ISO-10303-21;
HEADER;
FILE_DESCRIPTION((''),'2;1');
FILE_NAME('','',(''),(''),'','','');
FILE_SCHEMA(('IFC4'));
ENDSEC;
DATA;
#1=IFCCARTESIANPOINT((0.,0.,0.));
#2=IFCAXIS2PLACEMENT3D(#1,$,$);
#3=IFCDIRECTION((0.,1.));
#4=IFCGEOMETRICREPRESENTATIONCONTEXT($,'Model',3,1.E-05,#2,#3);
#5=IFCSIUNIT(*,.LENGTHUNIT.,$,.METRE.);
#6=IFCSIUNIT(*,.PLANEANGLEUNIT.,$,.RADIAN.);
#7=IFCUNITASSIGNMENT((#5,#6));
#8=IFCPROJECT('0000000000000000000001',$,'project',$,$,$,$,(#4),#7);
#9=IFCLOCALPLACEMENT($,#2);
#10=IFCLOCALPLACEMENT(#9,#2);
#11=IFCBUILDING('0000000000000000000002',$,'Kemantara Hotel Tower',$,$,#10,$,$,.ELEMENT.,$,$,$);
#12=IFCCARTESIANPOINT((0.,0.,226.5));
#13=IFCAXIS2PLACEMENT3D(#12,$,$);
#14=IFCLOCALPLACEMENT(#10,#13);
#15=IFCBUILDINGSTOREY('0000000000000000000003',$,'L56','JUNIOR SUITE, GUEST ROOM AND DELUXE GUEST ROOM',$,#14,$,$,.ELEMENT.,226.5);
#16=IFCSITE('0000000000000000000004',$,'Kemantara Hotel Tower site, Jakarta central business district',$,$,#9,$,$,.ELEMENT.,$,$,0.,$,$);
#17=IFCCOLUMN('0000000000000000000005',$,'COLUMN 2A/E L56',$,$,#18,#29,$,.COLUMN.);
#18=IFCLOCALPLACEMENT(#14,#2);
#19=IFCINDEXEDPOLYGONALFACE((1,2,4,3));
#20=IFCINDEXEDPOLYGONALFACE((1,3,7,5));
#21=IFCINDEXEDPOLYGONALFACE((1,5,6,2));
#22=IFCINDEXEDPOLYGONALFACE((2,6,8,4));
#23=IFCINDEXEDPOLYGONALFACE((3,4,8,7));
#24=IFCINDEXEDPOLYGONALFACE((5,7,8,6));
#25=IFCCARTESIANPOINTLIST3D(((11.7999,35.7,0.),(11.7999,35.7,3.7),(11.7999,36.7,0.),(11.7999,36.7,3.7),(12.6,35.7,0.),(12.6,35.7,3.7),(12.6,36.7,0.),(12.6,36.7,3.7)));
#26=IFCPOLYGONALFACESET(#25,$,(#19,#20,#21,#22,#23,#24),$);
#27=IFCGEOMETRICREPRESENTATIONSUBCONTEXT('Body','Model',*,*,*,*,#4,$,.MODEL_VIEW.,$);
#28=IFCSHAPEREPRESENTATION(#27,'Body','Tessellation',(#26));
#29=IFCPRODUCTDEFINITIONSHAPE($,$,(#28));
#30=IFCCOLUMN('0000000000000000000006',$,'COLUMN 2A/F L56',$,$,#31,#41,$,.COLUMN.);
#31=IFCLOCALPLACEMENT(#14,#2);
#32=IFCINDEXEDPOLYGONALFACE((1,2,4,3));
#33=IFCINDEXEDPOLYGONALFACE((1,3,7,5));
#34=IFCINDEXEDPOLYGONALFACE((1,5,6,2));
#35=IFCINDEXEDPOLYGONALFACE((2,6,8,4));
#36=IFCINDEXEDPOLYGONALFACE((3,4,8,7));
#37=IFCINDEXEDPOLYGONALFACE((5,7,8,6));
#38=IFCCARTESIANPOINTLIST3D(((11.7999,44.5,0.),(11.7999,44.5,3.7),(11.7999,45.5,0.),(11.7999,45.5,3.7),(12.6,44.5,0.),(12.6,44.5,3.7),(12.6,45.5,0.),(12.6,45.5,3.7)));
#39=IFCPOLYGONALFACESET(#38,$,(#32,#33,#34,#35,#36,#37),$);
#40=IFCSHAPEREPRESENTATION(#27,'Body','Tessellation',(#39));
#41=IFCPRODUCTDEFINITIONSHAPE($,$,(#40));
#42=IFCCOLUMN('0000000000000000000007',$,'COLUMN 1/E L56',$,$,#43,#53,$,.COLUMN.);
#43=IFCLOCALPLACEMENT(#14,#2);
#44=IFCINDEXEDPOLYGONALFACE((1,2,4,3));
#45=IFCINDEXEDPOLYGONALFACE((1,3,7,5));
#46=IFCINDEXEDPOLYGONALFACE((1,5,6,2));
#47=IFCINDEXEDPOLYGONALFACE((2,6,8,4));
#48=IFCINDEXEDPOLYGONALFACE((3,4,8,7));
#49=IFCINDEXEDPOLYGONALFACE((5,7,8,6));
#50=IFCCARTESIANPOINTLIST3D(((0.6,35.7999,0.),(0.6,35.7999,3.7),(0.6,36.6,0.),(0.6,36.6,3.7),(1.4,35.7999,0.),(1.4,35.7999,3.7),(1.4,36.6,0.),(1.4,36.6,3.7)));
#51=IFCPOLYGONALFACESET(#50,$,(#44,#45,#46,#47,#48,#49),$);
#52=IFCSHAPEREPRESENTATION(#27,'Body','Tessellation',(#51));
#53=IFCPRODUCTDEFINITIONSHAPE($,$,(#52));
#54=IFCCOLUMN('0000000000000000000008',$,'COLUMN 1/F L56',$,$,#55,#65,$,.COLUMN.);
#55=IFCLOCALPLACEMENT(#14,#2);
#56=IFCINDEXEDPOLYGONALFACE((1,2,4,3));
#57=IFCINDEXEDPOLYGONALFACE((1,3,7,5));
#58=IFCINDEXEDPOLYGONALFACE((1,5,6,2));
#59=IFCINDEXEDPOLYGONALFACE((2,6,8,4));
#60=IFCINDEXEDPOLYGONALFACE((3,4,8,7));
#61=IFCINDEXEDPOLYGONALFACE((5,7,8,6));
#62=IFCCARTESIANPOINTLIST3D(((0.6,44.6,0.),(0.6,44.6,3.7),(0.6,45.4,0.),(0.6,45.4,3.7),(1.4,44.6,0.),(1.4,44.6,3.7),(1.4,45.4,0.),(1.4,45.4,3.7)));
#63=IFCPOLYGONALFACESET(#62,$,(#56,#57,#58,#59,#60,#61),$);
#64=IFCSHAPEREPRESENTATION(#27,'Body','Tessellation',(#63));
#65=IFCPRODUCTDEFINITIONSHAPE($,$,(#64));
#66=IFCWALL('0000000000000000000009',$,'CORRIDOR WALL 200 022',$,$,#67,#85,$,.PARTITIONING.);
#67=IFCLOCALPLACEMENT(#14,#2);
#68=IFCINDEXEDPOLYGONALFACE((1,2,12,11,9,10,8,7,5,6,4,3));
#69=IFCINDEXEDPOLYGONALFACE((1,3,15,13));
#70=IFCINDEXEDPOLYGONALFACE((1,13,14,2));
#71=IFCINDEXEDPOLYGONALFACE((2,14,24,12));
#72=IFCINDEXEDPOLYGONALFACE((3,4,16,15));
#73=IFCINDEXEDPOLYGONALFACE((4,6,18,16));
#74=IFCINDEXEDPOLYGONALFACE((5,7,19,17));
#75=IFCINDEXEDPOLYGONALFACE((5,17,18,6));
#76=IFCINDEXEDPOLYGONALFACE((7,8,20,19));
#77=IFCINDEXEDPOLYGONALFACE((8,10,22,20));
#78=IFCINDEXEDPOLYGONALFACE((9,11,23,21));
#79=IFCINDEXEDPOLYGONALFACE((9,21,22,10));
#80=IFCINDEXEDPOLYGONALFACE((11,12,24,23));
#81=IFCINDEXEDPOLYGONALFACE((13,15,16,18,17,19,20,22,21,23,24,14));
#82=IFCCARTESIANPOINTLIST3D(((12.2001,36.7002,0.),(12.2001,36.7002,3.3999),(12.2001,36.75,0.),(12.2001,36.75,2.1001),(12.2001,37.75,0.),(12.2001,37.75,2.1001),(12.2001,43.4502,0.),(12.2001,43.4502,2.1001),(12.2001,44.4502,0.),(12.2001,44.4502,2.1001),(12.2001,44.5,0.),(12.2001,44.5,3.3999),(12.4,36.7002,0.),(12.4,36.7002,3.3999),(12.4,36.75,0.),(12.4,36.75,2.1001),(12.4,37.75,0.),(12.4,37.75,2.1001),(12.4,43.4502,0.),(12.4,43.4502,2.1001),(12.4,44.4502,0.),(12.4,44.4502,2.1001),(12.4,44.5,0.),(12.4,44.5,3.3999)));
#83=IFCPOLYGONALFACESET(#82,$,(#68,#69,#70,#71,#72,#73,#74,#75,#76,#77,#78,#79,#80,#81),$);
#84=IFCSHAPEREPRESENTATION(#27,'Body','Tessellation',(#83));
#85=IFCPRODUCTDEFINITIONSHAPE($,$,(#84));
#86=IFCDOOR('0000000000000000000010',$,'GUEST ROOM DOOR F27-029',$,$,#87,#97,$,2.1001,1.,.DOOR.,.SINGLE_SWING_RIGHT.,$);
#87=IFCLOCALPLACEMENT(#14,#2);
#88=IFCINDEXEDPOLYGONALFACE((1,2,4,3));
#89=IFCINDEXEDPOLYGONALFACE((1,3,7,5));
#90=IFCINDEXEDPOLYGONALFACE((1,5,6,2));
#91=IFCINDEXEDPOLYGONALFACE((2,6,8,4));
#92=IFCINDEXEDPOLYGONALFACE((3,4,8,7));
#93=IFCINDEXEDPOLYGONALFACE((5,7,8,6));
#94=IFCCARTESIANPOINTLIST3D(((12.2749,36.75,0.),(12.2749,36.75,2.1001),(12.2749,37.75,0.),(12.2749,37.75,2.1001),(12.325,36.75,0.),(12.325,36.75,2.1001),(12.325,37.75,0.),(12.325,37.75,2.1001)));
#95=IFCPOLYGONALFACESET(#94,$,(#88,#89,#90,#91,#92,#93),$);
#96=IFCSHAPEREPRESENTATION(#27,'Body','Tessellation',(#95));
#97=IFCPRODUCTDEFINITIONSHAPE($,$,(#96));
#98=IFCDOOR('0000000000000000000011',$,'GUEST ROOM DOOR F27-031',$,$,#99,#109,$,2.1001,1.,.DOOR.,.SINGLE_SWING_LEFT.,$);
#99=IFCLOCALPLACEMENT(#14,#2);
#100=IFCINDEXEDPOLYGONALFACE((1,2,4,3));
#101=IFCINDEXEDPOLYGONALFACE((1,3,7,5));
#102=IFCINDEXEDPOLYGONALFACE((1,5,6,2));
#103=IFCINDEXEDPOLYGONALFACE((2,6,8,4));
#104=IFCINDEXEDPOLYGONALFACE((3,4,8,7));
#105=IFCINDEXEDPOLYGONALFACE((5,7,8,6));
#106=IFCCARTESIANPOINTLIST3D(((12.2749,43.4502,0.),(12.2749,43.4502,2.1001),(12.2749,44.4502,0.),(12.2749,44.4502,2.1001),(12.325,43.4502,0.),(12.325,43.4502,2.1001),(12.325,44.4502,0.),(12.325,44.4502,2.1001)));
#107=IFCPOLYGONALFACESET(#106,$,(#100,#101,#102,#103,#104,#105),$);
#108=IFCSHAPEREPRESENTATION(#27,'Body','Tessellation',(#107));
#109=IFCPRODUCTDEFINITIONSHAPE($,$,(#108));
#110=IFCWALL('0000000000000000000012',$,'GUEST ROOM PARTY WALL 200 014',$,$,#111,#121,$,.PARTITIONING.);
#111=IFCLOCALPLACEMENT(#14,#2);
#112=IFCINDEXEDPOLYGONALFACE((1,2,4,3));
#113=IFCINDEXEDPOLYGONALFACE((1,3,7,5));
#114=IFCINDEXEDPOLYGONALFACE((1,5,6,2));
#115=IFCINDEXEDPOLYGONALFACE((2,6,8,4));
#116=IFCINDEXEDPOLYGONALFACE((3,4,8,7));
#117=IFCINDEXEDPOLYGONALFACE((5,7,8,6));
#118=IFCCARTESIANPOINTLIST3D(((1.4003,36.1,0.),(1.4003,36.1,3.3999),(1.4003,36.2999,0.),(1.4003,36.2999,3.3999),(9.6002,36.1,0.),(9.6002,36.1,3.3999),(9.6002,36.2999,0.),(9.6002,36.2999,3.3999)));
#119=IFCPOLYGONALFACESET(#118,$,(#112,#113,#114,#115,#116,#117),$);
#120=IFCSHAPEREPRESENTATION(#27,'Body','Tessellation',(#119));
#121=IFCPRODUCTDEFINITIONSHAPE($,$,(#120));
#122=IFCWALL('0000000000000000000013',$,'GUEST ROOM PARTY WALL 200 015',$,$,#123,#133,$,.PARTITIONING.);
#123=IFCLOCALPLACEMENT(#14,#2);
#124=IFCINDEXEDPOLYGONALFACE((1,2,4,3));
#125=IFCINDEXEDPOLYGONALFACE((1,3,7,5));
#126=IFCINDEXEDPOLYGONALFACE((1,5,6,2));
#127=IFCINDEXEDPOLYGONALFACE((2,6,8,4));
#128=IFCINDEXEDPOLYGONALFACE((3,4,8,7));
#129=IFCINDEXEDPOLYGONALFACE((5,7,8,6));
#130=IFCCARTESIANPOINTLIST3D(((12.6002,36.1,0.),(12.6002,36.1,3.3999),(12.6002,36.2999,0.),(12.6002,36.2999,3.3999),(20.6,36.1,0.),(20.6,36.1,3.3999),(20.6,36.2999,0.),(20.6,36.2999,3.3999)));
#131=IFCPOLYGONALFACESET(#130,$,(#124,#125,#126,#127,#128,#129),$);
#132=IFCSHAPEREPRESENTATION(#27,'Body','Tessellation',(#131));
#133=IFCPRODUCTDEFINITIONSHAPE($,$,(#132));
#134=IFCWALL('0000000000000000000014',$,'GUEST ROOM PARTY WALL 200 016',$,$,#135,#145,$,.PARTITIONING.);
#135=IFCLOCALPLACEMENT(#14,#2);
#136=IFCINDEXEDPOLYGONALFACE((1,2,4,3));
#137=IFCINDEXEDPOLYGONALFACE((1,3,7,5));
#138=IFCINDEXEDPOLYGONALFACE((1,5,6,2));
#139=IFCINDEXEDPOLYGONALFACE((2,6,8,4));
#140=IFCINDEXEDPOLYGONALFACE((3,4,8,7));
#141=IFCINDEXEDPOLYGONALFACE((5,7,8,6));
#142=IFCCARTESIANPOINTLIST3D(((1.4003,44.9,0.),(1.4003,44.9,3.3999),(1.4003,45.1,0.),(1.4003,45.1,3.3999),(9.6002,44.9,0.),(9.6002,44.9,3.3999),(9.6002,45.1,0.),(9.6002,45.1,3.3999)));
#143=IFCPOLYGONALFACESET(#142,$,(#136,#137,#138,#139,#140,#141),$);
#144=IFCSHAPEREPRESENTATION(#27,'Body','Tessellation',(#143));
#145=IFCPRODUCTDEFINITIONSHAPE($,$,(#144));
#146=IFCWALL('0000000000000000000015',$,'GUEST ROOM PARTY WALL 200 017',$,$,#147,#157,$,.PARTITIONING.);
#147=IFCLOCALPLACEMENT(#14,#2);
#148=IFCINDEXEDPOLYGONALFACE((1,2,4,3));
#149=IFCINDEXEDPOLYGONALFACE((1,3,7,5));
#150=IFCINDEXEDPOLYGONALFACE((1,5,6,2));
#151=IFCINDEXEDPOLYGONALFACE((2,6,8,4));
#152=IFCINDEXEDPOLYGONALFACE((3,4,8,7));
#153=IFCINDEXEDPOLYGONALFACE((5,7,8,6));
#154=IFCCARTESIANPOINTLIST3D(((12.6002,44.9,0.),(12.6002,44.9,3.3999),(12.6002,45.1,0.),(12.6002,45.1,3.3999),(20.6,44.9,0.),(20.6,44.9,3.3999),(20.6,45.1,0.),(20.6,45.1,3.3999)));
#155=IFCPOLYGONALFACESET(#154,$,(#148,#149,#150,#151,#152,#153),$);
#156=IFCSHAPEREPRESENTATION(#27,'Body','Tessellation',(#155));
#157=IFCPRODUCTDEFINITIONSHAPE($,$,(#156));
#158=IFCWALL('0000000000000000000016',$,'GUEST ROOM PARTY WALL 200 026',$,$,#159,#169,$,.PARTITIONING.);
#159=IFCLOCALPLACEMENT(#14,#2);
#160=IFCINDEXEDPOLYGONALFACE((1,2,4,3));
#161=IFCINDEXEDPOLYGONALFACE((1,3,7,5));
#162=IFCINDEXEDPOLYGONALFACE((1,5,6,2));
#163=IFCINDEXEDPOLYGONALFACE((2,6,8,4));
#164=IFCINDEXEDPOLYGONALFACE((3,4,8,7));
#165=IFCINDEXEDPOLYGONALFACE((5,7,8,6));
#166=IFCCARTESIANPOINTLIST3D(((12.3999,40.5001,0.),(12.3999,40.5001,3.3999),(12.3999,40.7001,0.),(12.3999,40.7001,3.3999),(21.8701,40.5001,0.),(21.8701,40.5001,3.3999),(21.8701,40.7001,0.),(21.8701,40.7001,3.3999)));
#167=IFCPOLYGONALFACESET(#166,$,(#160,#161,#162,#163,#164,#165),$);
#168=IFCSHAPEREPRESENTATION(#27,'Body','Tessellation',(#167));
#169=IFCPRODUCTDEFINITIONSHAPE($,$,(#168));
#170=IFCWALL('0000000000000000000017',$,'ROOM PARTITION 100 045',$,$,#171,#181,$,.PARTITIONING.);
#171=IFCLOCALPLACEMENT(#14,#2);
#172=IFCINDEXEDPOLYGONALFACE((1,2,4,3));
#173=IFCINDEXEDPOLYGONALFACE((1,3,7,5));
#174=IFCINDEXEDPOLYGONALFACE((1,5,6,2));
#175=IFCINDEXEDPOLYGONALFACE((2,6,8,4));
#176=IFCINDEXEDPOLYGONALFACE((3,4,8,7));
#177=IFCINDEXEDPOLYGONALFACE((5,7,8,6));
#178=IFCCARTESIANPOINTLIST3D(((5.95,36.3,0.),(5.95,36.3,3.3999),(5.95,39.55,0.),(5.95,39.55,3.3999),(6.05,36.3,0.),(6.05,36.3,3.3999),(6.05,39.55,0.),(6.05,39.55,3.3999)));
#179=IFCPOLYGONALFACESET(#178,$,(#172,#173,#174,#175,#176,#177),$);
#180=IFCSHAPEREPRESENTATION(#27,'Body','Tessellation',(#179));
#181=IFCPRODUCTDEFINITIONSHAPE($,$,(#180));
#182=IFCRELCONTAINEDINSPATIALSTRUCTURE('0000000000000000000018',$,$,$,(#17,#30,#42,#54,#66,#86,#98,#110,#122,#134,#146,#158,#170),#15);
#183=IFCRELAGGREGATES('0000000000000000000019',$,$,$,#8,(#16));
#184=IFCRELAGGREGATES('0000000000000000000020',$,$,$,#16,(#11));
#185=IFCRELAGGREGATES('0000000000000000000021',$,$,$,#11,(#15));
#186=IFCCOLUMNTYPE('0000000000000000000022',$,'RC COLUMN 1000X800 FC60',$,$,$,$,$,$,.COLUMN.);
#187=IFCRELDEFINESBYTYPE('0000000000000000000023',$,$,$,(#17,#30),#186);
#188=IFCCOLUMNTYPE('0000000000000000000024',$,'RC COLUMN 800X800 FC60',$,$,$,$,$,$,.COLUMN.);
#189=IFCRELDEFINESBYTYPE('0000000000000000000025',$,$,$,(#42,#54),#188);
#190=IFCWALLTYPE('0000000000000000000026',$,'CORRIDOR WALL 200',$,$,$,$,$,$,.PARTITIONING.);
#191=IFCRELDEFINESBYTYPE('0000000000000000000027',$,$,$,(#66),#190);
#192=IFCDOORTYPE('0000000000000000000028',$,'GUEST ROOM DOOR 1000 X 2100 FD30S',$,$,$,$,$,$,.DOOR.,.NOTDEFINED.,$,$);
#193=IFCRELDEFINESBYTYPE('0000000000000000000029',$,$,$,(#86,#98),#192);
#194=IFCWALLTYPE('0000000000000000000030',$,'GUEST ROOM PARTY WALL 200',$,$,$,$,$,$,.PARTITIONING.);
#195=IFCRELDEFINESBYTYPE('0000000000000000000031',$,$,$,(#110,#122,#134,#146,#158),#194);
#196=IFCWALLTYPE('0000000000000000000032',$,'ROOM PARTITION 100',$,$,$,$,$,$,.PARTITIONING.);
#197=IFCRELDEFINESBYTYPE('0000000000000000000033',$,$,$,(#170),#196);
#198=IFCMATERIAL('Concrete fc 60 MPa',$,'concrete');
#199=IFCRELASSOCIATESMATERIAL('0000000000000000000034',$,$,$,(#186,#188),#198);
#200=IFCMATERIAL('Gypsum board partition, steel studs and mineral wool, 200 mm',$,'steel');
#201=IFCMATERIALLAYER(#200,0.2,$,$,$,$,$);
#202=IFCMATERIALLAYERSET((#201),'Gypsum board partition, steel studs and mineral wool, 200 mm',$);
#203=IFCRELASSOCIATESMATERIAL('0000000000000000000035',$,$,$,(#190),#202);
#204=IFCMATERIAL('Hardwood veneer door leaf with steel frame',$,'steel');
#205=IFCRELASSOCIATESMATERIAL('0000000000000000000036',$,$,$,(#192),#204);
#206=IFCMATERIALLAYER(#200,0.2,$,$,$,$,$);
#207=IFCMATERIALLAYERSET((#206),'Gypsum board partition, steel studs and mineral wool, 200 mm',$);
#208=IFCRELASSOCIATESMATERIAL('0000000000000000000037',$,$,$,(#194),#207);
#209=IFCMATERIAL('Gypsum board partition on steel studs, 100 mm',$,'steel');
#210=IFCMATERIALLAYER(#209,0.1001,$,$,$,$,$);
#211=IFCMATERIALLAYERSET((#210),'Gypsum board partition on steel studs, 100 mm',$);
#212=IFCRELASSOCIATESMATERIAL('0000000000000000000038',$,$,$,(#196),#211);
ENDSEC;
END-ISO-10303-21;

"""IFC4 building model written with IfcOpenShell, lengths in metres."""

from ifc_helpers import new_model, si_unit, direction, frame, frame_2d, origin, origin_2d, place, context, subcontext, project, spatial, rectangle, extrude, material, layer, layer_set, material_profile, profile_set, type_object, element, fill, save


model = new_model("IFC4")

# Units and contexts
model_context = context("Model", 3, precision=1e-05, world=origin(), true_north=direction((0.0, 1.0)))
body_context = subcontext(model_context, "Body", "Model", "MODEL_VIEW")
ifc_project = project(units=[si_unit("LENGTHUNIT", "METRE"), si_unit("PLANEANGLEUNIT", "RADIAN")], contexts=[model_context])

# Site, building, storey
site_placement = place(None, origin())
site = spatial("IfcSite", under=ifc_project, at=site_placement, Name="Kemantara Hotel Tower site, Jakarta central business district", CompositionType="ELEMENT", RefElevation=0.0)
building_placement = place(site_placement, origin())
building = spatial("IfcBuilding", under=site, at=building_placement, Name="Kemantara Hotel Tower", CompositionType="ELEMENT")
storey_placement = place(building_placement, frame((0.0, 0.0, 226.5)))
storey = spatial("IfcBuildingStorey", under=building, at=storey_placement, Name="L56", Description="JUNIOR SUITE, GUEST ROOM AND DELUXE GUEST ROOM", CompositionType="ELEMENT", Elevation=226.5)

# Columns
ifc_material_1 = material(Name="Concrete fc 60 MPa", Category="concrete")
ifc_material_profile_1 = material_profile(ifc_material_1, rectangle(XDim=1.0, YDim=0.8, at=origin_2d()), Name="RC 1000X800")
ifc_profile_set_1 = profile_set([ifc_material_profile_1], Name="Concrete fc 60 MPa")
column_type_1 = type_object("IfcColumnType", Name="RC COLUMN 1000X800 FC60", PredefinedType="COLUMN", material=ifc_profile_set_1)
for number, where, z_axis, x_axis, name in (
    (1, (12.2, 36.2, 0.0), (0.0, 0.0, 1.0), (0.0, 1.0, 0.0), "COLUMN 2A/E L56"),
    (2, (12.2, 45.0, 0.0), (0.0, 0.0, 1.0), (0.0, 1.0, 0.0), "COLUMN 2A/F L56"),
):
    element("IfcColumn", number, at=place(storey_placement, frame(where, z_axis=z_axis, x_axis=x_axis)), inside=storey, type_object=column_type_1, Name=name, PredefinedType="COLUMN", context=body_context, shape_type="SweptSolid", body=[
        extrude(rectangle(XDim=1.0, YDim=0.8, at=origin_2d()), origin(), (0.0, 0.0, 1.0), 3.7),
    ])
ifc_material_profile_2 = material_profile(ifc_material_1, rectangle(XDim=0.8, YDim=0.8, at=origin_2d()), Name="RC 800X800")
ifc_profile_set_2 = profile_set([ifc_material_profile_2], Name="Concrete fc 60 MPa")
column_type_2 = type_object("IfcColumnType", Name="RC COLUMN 800X800 FC60", PredefinedType="COLUMN", material=ifc_profile_set_2)
for number, where, z_axis, x_axis, name in (
    (3, (1.0, 36.2, 0.0), (0.0, 0.0, 1.0), (1.0, 0.0, 0.0), "COLUMN 1/E L56"),
    (4, (1.0, 45.0, 0.0), (0.0, 0.0, 1.0), (1.0, 0.0, 0.0), "COLUMN 1/F L56"),
):
    element("IfcColumn", number, at=place(storey_placement, frame(where, z_axis=z_axis, x_axis=x_axis)), inside=storey, type_object=column_type_2, Name=name, PredefinedType="COLUMN", context=body_context, shape_type="SweptSolid", body=[
        extrude(rectangle(XDim=0.8, YDim=0.8, at=origin_2d()), origin(), (0.0, 0.0, 1.0), 3.7),
    ])

# Wall, openings, doors
ifc_material_2 = material(Name="Gypsum board partition, steel studs and mineral wool, 200 mm", Category="steel")
ifc_layer_1 = layer(ifc_material_2, 0.2)
ifc_layer_set_1 = layer_set([ifc_layer_1], Name="Gypsum board partition, steel studs and mineral wool, 200 mm")
wall_type_1 = type_object("IfcWallType", Name="CORRIDOR WALL 200", PredefinedType="PARTITIONING", material=ifc_layer_set_1)
wall_1_placement = place(storey_placement, frame((12.3, 44.5, 0.0), z_axis=(0.0, 0.0, 1.0), x_axis=(0.0, -1.0, 0.0)))
wall_1 = element("IfcWall", 5, at=wall_1_placement, inside=storey, type_object=wall_type_1, Name="CORRIDOR WALL 200 022", PredefinedType="PARTITIONING", context=body_context, shape_type="SweptSolid", body=[
    extrude(rectangle(XDim=7.7998, YDim=0.2, at=frame_2d((3.8999, 0.0))), origin(), (0.0, 0.0, 1.0), 3.3999),
])
opening_1_placement = place(wall_1_placement, frame((6.75, 0.0, 0.0)))
opening_1 = element("IfcOpeningElement", 6, at=opening_1_placement, cuts=wall_1, PredefinedType="OPENING", context=body_context, shape_type="SweptSolid", body=[
    extrude(rectangle(XDim=1.0, YDim=2.1001, at=frame_2d((0.5, 1.05))), frame((0.0, 0.1099, 0.0), z_axis=(0.0, -1.0, 0.0), x_axis=(1.0, 0.0, 0.0)), (0.0, 0.0, 1.0), 0.22),
])
opening_2_placement = place(wall_1_placement, frame((0.0498, 0.0, 0.0)))
opening_2 = element("IfcOpeningElement", 7, at=opening_2_placement, cuts=wall_1, PredefinedType="OPENING", context=body_context, shape_type="SweptSolid", body=[
    extrude(rectangle(XDim=1.0, YDim=2.1001, at=frame_2d((0.5, 1.05))), frame((0.0, 0.1099, 0.0), z_axis=(0.0, -1.0, 0.0), x_axis=(1.0, 0.0, 0.0)), (0.0, 0.0, 1.0), 0.22),
])
ifc_material_3 = material(Name="Hardwood veneer door leaf with steel frame", Category="steel")
door_type_1 = type_object("IfcDoorType", Name="GUEST ROOM DOOR 1000 X 2100 FD30S", OperationType="NOTDEFINED", PredefinedType="DOOR", material=ifc_material_3)
door_1_placement = place(opening_1_placement, origin())
door_1 = element("IfcDoor", 8, at=door_1_placement, inside=storey, type_object=door_type_1, Name="GUEST ROOM DOOR F27-029", OperationType="SINGLE_SWING_RIGHT", OverallHeight=2.1001, OverallWidth=1.0, PredefinedType="DOOR", context=body_context, shape_type="SweptSolid", body=[
    extrude(rectangle(XDim=1.0, YDim=2.1001, at=frame_2d((0.5, 1.05))), frame((0.0, 0.0249, 0.0), z_axis=(0.0, -1.0, 0.0), x_axis=(1.0, 0.0, 0.0)), (0.0, 0.0, 1.0), 0.05),
])
fill(opening_1, door_1)
door_2_placement = place(opening_2_placement, origin())
door_2 = element("IfcDoor", 9, at=door_2_placement, inside=storey, type_object=door_type_1, Name="GUEST ROOM DOOR F27-031", OperationType="SINGLE_SWING_LEFT", OverallHeight=2.1001, OverallWidth=1.0, PredefinedType="DOOR", context=body_context, shape_type="SweptSolid", body=[
    extrude(rectangle(XDim=1.0, YDim=2.1001, at=frame_2d((0.5, 1.05))), frame((0.0, 0.0249, 0.0), z_axis=(0.0, -1.0, 0.0), x_axis=(1.0, 0.0, 0.0)), (0.0, 0.0, 1.0), 0.05),
])
fill(opening_2, door_2)

# Walls
ifc_layer_2 = layer(ifc_material_2, 0.2)
ifc_layer_set_2 = layer_set([ifc_layer_2], Name="Gypsum board partition, steel studs and mineral wool, 200 mm")
wall_type_2 = type_object("IfcWallType", Name="GUEST ROOM PARTY WALL 200", PredefinedType="PARTITIONING", material=ifc_layer_set_2)
wall_2_placement = place(storey_placement, frame((1.4001, 36.2, 0.0), z_axis=(0.0, 0.0, 1.0), x_axis=(1.0, 0.0, 0.0)))
element("IfcWall", 10, at=wall_2_placement, inside=storey, type_object=wall_type_2, Name="GUEST ROOM PARTY WALL 200 014", PredefinedType="PARTITIONING", context=body_context, shape_type="SweptSolid", body=[
    extrude(rectangle(XDim=8.2, YDim=0.2, at=frame_2d((4.1001, 0.0))), origin(), (0.0, 0.0, 1.0), 3.3999),
])
wall_3_placement = place(storey_placement, frame((12.6001, 36.2, 0.0), z_axis=(0.0, 0.0, 1.0), x_axis=(1.0, 0.0, 0.0)))
element("IfcWall", 11, at=wall_3_placement, inside=storey, type_object=wall_type_2, Name="GUEST ROOM PARTY WALL 200 015", PredefinedType="PARTITIONING", context=body_context, shape_type="SweptSolid", body=[
    extrude(rectangle(XDim=7.9998, YDim=0.2, at=frame_2d((4.0, 0.0))), origin(), (0.0, 0.0, 1.0), 3.3999),
])
wall_4_placement = place(storey_placement, frame((1.4001, 45.0, 0.0), z_axis=(0.0, 0.0, 1.0), x_axis=(1.0, 0.0, 0.0)))
element("IfcWall", 12, at=wall_4_placement, inside=storey, type_object=wall_type_2, Name="GUEST ROOM PARTY WALL 200 016", PredefinedType="PARTITIONING", context=body_context, shape_type="SweptSolid", body=[
    extrude(rectangle(XDim=8.2, YDim=0.2, at=frame_2d((4.1001, 0.0))), origin(), (0.0, 0.0, 1.0), 3.3999),
])
wall_5_placement = place(storey_placement, frame((12.6001, 45.0, 0.0), z_axis=(0.0, 0.0, 1.0), x_axis=(1.0, 0.0, 0.0)))
element("IfcWall", 13, at=wall_5_placement, inside=storey, type_object=wall_type_2, Name="GUEST ROOM PARTY WALL 200 017", PredefinedType="PARTITIONING", context=body_context, shape_type="SweptSolid", body=[
    extrude(rectangle(XDim=7.9998, YDim=0.2, at=frame_2d((4.0, 0.0))), origin(), (0.0, 0.0, 1.0), 3.3999),
])
wall_6_placement = place(storey_placement, frame((12.3999, 40.6001, 0.0), z_axis=(0.0, 0.0, 1.0), x_axis=(1.0, 0.0, 0.0)))
element("IfcWall", 14, at=wall_6_placement, inside=storey, type_object=wall_type_2, Name="GUEST ROOM PARTY WALL 200 026", PredefinedType="PARTITIONING", context=body_context, shape_type="SweptSolid", body=[
    extrude(rectangle(XDim=9.4702, YDim=0.2, at=frame_2d((4.7351, 0.0))), origin(), (0.0, 0.0, 1.0), 3.3999),
])
ifc_material_4 = material(Name="Gypsum board partition on steel studs, 100 mm", Category="steel")
ifc_layer_3 = layer(ifc_material_4, 0.1001)
ifc_layer_set_3 = layer_set([ifc_layer_3], Name="Gypsum board partition on steel studs, 100 mm")
wall_type_3 = type_object("IfcWallType", Name="ROOM PARTITION 100", PredefinedType="PARTITIONING", material=ifc_layer_set_3)
wall_7_placement = place(storey_placement, frame((6.0, 36.3, 0.0), z_axis=(0.0, 0.0, 1.0), x_axis=(0.0, 1.0, 0.0)))
element("IfcWall", 15, at=wall_7_placement, inside=storey, type_object=wall_type_3, Name="ROOM PARTITION 100 045", PredefinedType="PARTITIONING", context=body_context, shape_type="SweptSolid", body=[
    extrude(rectangle(XDim=3.25, YDim=0.1001, at=frame_2d((1.625, 0.0))), origin(), (0.0, 0.0, 1.0), 3.3999),
])

save(model, "model.ifc")
